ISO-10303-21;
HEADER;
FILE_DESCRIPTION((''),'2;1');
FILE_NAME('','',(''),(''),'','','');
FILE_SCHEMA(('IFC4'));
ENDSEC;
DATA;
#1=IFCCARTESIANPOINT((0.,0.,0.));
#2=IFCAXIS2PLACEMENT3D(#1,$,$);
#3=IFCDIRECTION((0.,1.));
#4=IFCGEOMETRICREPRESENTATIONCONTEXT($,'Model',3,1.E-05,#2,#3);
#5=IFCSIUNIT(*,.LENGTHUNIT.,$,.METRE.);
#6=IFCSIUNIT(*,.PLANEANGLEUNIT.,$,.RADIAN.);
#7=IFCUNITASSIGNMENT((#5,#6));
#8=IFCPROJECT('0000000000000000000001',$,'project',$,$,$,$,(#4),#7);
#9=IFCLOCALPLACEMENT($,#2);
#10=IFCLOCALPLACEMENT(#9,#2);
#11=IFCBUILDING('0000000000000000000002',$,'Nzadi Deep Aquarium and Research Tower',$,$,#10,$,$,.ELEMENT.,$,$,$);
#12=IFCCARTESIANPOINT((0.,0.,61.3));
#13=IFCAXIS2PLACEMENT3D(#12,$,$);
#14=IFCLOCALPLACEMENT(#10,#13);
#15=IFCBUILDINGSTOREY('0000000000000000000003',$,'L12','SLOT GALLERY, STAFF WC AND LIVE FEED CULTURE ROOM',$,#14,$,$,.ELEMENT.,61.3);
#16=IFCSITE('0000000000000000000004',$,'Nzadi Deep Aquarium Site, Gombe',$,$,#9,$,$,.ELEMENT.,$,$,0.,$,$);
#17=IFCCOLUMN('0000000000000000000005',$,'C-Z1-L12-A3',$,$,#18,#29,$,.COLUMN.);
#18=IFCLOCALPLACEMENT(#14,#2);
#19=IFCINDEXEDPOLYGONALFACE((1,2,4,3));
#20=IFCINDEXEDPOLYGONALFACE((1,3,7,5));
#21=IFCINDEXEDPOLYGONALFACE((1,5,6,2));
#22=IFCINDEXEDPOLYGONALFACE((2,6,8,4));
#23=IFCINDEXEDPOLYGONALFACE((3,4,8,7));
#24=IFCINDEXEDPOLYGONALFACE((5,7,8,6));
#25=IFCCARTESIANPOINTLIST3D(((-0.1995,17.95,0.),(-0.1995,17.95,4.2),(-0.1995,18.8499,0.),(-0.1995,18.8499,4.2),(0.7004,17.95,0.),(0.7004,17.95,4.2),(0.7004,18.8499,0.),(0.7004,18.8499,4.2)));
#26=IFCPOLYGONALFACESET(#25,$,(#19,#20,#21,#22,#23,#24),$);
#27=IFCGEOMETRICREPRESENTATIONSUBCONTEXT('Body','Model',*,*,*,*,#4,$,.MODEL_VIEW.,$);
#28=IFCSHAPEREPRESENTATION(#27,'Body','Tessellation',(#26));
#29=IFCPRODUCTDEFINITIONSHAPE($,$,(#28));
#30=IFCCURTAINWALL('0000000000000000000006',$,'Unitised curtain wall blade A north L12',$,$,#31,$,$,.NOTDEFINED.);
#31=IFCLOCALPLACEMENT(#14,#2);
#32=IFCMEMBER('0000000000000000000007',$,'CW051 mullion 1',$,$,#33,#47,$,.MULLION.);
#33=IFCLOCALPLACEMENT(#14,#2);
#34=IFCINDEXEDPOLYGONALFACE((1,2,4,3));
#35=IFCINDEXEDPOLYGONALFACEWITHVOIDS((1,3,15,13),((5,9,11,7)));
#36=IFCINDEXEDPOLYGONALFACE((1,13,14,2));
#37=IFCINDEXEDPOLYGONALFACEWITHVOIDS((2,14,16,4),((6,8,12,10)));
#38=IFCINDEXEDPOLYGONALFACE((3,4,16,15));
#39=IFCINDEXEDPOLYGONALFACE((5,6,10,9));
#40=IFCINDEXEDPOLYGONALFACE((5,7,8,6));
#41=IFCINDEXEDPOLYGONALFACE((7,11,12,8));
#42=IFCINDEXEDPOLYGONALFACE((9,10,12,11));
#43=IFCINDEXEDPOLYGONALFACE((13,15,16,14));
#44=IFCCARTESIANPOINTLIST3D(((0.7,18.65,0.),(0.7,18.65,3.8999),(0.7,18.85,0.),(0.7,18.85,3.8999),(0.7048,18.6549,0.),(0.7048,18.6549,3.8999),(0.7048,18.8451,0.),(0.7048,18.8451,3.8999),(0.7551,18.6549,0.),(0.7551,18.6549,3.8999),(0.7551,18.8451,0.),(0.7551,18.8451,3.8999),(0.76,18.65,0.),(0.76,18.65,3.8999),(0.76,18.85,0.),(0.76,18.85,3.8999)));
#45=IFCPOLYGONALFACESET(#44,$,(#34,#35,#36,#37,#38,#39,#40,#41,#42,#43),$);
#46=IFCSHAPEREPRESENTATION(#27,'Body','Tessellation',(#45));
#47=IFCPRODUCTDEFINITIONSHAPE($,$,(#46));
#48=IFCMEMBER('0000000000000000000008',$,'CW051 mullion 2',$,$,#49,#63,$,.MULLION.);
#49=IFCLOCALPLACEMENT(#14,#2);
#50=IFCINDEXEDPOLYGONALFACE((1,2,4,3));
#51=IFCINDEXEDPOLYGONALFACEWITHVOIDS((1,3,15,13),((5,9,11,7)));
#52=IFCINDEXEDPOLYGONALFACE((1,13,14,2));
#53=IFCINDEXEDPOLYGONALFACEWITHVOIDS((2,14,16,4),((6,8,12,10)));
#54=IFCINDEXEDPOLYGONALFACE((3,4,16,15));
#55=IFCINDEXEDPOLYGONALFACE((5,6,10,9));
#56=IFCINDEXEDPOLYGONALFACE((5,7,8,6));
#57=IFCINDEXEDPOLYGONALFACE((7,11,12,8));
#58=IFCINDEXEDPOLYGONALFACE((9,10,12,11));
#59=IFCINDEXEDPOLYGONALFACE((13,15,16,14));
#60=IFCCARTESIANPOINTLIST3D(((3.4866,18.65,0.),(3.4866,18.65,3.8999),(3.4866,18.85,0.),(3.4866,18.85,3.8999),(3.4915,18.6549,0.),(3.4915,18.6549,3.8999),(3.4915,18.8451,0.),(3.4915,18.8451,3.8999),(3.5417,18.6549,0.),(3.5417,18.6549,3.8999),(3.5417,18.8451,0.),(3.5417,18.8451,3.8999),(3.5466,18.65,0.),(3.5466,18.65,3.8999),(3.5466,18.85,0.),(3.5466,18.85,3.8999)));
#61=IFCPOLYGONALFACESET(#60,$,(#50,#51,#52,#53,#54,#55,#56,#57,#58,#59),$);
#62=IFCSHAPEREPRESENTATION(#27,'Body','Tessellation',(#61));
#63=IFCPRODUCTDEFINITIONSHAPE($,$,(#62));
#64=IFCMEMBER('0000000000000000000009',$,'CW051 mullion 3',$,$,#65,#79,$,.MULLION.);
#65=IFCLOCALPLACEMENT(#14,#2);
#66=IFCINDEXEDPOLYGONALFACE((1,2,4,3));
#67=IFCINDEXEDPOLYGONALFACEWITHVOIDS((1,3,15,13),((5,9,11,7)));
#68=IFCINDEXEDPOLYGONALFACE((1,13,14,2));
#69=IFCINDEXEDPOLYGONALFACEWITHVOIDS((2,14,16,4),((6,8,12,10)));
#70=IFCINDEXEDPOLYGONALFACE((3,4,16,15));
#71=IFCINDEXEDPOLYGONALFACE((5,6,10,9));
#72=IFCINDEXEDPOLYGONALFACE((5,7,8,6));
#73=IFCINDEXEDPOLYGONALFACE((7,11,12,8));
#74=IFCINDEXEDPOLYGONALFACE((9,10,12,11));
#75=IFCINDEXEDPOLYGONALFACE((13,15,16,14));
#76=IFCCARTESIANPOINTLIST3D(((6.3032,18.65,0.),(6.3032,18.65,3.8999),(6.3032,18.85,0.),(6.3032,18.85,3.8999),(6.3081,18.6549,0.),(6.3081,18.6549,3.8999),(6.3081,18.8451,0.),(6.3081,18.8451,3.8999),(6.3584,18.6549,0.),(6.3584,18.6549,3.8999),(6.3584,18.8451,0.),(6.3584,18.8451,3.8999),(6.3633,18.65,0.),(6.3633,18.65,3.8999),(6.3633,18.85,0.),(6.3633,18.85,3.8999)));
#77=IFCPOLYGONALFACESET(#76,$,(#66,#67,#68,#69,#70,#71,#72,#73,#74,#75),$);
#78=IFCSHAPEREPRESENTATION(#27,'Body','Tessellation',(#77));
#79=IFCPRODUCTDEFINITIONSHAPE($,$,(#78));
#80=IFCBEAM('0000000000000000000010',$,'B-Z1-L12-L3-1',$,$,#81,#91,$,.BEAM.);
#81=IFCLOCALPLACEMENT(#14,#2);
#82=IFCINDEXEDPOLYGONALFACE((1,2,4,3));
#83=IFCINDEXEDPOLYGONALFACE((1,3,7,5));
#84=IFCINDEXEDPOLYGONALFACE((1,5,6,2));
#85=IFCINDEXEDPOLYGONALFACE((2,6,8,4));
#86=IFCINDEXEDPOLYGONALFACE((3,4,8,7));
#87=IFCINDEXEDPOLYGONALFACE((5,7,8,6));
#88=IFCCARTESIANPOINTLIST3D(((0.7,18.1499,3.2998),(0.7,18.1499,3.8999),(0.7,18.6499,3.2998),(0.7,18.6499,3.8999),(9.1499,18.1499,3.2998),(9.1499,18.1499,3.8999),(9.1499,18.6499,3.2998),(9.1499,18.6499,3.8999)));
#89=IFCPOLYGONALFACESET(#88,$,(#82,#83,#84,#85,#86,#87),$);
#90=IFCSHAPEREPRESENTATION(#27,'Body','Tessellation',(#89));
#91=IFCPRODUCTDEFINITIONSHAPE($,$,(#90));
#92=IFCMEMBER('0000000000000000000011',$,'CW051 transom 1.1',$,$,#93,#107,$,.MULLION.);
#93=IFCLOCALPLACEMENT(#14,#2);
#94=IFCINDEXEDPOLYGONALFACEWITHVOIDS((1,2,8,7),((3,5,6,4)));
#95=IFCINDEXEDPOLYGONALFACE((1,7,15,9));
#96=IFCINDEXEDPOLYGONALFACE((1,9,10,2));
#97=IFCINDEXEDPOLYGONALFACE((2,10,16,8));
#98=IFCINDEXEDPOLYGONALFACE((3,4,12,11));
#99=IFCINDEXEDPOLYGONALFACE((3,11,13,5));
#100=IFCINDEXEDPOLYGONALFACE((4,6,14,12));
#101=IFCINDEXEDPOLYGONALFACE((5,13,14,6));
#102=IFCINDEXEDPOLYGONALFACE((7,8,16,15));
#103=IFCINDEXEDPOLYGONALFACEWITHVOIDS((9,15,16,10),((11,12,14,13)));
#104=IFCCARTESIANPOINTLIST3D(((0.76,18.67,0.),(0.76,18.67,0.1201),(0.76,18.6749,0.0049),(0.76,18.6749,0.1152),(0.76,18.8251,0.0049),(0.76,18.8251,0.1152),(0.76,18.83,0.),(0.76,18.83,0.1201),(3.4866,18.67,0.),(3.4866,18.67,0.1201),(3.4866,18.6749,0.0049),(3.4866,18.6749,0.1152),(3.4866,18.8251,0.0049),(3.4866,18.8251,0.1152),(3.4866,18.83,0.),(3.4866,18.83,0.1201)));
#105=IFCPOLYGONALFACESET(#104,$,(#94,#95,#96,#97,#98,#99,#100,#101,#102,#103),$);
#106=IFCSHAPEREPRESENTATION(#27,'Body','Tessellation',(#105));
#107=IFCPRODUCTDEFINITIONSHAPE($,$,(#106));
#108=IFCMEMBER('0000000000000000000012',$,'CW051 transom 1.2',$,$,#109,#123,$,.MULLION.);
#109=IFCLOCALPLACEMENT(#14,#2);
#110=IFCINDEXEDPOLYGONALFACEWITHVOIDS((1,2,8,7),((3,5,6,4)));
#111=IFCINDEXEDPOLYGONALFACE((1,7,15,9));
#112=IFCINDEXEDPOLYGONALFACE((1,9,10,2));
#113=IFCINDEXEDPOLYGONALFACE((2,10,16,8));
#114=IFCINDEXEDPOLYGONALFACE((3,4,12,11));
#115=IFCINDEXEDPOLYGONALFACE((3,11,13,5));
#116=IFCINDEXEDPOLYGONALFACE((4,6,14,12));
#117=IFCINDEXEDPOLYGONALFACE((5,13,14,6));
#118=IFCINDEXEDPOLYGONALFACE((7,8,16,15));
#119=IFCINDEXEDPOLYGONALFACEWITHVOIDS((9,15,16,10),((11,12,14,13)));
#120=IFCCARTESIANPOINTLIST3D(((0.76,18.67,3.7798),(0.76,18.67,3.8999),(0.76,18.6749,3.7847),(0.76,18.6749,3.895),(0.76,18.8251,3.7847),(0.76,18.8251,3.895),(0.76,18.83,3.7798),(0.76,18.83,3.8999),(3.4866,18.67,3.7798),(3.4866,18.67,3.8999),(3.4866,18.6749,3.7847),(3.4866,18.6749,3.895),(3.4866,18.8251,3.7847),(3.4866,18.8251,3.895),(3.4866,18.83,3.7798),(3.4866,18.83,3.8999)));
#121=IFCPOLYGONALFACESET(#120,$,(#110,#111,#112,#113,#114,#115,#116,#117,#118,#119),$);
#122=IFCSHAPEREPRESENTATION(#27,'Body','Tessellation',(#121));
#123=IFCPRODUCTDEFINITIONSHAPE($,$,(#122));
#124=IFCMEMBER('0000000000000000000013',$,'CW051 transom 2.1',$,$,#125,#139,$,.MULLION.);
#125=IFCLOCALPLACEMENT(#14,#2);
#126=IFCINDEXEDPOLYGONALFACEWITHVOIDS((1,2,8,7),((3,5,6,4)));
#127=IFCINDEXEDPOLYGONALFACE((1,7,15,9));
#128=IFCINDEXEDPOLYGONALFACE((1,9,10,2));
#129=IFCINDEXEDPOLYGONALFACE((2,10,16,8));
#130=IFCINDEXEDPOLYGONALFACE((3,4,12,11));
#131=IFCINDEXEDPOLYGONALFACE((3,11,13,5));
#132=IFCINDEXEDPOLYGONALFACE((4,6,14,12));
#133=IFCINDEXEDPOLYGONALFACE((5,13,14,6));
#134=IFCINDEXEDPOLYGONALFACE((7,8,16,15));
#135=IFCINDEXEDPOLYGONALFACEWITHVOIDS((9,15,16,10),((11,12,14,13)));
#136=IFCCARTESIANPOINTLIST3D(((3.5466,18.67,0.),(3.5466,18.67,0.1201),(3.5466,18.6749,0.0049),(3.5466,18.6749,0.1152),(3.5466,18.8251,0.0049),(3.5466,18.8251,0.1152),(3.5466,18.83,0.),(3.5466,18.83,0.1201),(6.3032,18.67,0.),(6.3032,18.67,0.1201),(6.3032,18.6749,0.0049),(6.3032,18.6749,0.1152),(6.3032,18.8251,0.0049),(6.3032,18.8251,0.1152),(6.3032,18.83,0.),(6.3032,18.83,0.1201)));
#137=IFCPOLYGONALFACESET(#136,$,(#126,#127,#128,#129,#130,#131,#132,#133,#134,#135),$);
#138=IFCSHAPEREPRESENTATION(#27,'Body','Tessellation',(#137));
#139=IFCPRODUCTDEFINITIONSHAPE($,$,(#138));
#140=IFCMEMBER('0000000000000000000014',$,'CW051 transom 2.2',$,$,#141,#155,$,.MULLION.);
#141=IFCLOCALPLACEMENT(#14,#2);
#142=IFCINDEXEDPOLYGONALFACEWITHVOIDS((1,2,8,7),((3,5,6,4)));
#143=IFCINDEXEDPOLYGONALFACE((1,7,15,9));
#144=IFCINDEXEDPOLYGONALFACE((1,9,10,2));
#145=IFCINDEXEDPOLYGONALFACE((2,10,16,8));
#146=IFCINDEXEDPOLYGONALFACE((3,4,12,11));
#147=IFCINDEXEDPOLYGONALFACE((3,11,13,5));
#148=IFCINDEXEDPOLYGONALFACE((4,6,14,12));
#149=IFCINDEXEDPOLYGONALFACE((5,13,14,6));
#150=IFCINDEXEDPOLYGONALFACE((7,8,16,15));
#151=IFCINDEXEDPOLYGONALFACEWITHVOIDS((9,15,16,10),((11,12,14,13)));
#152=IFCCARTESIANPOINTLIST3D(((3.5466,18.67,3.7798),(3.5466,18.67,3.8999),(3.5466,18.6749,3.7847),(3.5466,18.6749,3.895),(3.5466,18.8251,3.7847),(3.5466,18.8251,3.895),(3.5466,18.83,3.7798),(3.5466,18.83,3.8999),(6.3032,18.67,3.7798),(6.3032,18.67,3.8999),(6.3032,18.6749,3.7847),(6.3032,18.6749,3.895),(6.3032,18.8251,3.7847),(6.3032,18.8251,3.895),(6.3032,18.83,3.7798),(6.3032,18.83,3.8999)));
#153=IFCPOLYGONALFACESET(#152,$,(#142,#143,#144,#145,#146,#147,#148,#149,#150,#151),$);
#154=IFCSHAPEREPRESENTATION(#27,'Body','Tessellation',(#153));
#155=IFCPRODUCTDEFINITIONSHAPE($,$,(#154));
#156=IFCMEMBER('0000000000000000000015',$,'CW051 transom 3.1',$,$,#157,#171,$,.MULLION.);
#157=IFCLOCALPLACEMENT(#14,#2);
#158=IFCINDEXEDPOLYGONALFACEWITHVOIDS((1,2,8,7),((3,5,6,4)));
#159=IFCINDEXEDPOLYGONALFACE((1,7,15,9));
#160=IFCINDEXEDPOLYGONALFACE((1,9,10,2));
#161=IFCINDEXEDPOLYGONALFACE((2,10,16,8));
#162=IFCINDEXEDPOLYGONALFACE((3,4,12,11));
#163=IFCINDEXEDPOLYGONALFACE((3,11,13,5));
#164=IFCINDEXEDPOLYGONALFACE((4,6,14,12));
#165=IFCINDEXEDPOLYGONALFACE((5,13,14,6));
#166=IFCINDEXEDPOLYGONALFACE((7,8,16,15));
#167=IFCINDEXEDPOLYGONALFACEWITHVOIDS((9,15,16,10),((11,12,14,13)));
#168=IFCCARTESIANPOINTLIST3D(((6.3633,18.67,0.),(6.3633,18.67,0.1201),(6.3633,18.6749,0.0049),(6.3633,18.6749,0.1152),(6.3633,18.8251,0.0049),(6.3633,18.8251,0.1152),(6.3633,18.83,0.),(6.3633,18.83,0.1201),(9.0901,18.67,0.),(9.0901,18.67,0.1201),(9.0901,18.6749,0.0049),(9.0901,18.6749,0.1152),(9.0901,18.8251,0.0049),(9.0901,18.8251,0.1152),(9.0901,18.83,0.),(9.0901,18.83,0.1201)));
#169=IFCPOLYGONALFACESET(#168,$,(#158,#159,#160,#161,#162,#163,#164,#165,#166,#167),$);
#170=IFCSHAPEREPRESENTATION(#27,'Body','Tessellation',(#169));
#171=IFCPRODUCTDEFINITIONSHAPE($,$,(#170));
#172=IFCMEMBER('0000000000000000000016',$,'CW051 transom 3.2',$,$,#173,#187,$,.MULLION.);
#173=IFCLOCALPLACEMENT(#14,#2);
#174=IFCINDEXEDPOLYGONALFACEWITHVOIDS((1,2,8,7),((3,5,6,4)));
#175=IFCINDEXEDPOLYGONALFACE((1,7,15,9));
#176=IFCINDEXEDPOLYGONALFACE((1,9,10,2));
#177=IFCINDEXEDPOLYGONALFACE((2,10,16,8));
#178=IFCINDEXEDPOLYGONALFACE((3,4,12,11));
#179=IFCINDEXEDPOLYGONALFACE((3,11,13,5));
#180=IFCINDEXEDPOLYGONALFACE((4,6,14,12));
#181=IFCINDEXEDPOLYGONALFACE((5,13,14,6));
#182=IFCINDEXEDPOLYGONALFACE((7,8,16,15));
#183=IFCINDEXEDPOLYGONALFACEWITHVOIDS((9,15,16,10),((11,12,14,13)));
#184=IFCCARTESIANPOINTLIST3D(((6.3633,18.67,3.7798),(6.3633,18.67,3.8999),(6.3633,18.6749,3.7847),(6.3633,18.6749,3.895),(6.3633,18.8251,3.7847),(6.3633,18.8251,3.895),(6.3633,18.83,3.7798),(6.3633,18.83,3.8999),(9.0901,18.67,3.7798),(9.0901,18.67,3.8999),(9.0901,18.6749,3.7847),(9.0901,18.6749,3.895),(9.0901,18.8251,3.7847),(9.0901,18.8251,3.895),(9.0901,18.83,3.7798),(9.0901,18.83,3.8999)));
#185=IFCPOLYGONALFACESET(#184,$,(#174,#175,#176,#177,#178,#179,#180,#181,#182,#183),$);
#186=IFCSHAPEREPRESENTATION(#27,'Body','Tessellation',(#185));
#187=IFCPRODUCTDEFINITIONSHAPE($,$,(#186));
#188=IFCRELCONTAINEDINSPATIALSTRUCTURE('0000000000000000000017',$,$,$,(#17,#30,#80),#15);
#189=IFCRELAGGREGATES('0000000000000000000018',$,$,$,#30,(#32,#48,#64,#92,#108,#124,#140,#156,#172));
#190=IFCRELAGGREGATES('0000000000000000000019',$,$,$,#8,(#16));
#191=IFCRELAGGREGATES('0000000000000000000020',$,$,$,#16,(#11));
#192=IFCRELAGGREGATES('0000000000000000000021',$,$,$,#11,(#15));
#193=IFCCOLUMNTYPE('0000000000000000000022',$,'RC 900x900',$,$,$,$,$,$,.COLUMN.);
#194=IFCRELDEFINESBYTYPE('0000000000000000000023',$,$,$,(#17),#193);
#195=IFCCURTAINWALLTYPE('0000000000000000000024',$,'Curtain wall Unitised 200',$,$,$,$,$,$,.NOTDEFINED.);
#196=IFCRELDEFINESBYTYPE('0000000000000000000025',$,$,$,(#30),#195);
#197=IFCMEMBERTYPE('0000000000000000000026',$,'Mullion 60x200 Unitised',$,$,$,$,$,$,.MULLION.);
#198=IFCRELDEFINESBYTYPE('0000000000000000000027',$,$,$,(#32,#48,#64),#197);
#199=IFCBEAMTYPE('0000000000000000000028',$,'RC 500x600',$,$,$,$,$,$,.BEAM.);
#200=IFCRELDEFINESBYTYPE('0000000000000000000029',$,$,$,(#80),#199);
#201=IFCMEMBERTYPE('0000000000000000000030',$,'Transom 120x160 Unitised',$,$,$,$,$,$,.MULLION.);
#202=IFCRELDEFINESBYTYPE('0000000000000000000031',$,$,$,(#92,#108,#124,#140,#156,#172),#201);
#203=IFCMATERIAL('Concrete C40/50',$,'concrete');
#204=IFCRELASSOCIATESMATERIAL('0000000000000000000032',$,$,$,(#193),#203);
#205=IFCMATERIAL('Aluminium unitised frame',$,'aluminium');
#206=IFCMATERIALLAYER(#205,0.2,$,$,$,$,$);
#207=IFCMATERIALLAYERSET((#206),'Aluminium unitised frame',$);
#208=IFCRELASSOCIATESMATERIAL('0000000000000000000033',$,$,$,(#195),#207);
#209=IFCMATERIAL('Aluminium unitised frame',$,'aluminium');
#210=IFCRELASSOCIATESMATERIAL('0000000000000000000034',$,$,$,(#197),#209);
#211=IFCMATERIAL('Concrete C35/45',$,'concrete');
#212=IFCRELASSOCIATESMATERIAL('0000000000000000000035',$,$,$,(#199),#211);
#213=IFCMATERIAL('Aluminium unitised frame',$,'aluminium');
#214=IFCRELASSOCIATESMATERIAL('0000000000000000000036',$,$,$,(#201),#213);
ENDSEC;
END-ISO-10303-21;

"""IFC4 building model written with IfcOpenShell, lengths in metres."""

from ifc_helpers import new_model, si_unit, direction, frame, origin, origin_2d, place, context, subcontext, project, spatial, rectangle, hollow_rectangle, extrude, material, layer, layer_set, material_profile, profile_set, type_object, element, aggregate, save


model = new_model("IFC4")

# Units and contexts
model_context = context("Model", 3, precision=1e-05, world=origin(), true_north=direction((0.0, 1.0)))
body_context = subcontext(model_context, "Body", "Model", "MODEL_VIEW")
ifc_project = project(units=[si_unit("LENGTHUNIT", "METRE"), si_unit("PLANEANGLEUNIT", "RADIAN")], contexts=[model_context])

# Site, building, storey
site_placement = place(None, origin())
site = spatial("IfcSite", under=ifc_project, at=site_placement, Name="Nzadi Deep Aquarium Site, Gombe", CompositionType="ELEMENT", RefElevation=0.0)
building_placement = place(site_placement, origin())
building = spatial("IfcBuilding", under=site, at=building_placement, Name="Nzadi Deep Aquarium and Research Tower", CompositionType="ELEMENT")
storey_placement = place(building_placement, frame((0.0, 0.0, 61.3)))
storey = spatial("IfcBuildingStorey", under=building, at=storey_placement, Name="L12", Description="SLOT GALLERY, STAFF WC AND LIVE FEED CULTURE ROOM", CompositionType="ELEMENT", Elevation=61.3)

# Column
ifc_material_1 = material(Name="Concrete C40/50", Category="concrete")
ifc_material_profile_1 = material_profile(ifc_material_1, rectangle(XDim=0.8999, YDim=0.8999, at=origin_2d()))
ifc_profile_set_1 = profile_set([ifc_material_profile_1], Name="Concrete C40/50")
column_type = type_object("IfcColumnType", Name="RC 900x900", PredefinedType="COLUMN", material=ifc_profile_set_1)
column_placement = place(storey_placement, frame((0.2505, 18.3999, 0.0), z_axis=(0.0, 0.0, 1.0), x_axis=(1.0, 0.0, 0.0)))
element("IfcColumn", 1, at=column_placement, inside=storey, type_object=column_type, Name="C-Z1-L12-A3", PredefinedType="COLUMN", context=body_context, shape_type="SweptSolid", body=[
    extrude(rectangle(XDim=0.8999, YDim=0.8999, at=origin_2d()), origin(), (0.0, 0.0, 1.0), 4.2),
])

# Curtain wall, members
ifc_material_2 = material(Name="Aluminium unitised frame", Category="aluminium")
ifc_layer_1 = layer(ifc_material_2, 0.2)
ifc_layer_set_1 = layer_set([ifc_layer_1], Name="Aluminium unitised frame")
curtain_wall_type = type_object("IfcCurtainWallType", Name="Curtain wall Unitised 200", PredefinedType="NOTDEFINED", material=ifc_layer_set_1)
curtain_wall_placement = place(storey_placement, origin())
curtain_wall = element("IfcCurtainWall", 2, at=curtain_wall_placement, inside=storey, type_object=curtain_wall_type, Name="Unitised curtain wall blade A north L12", PredefinedType="NOTDEFINED")
ifc_material_3 = material(Name="Aluminium unitised frame", Category="aluminium")
ifc_material_profile_2 = material_profile(ifc_material_3, hollow_rectangle(XDim=0.2, YDim=0.0601, WallThickness=0.0049, at=origin_2d()))
ifc_profile_set_2 = profile_set([ifc_material_profile_2], Name="Aluminium unitised frame")
member_type_1 = type_object("IfcMemberType", Name="Mullion 60x200 Unitised", PredefinedType="MULLION", material=ifc_profile_set_2)
member_1_placement = place(storey_placement, frame((0.73, 18.75, 0.0), z_axis=(0.0, 0.0, 1.0), x_axis=(0.0, 1.0, 0.0)))
member_1 = element("IfcMember", 3, at=member_1_placement, type_object=member_type_1, Name="CW051 mullion 1", PredefinedType="MULLION", context=body_context, shape_type="SweptSolid", body=[
    extrude(hollow_rectangle(XDim=0.2, YDim=0.0601, WallThickness=0.0049, at=origin_2d()), origin(), (0.0, 0.0, 1.0), 3.8999),
])
member_2_placement = place(storey_placement, frame((3.5166, 18.75, 0.0), z_axis=(0.0, 0.0, 1.0), x_axis=(0.0, 1.0, 0.0)))
member_2 = element("IfcMember", 4, at=member_2_placement, type_object=member_type_1, Name="CW051 mullion 2", PredefinedType="MULLION", context=body_context, shape_type="SweptSolid", body=[
    extrude(hollow_rectangle(XDim=0.2, YDim=0.0601, WallThickness=0.0049, at=origin_2d()), origin(), (0.0, 0.0, 1.0), 3.8999),
])
member_3_placement = place(storey_placement, frame((6.3333, 18.75, 0.0), z_axis=(0.0, 0.0, 1.0), x_axis=(0.0, 1.0, 0.0)))
member_3 = element("IfcMember", 5, at=member_3_placement, type_object=member_type_1, Name="CW051 mullion 3", PredefinedType="MULLION", context=body_context, shape_type="SweptSolid", body=[
    extrude(hollow_rectangle(XDim=0.2, YDim=0.0601, WallThickness=0.0049, at=origin_2d()), origin(), (0.0, 0.0, 1.0), 3.8999),
])

# Beam
ifc_material_4 = material(Name="Concrete C35/45", Category="concrete")
ifc_material_profile_3 = material_profile(ifc_material_4, rectangle(XDim=0.5, YDim=0.6001, at=origin_2d()))
ifc_profile_set_3 = profile_set([ifc_material_profile_3], Name="Concrete C35/45")
beam_type = type_object("IfcBeamType", Name="RC 500x600", PredefinedType="BEAM", material=ifc_profile_set_3)
beam_placement = place(storey_placement, frame((0.7, 18.3999, 3.5999), z_axis=(1.0, 0.0, 0.0), x_axis=(0.0, 1.0, 0.0)))
element("IfcBeam", 6, at=beam_placement, inside=storey, type_object=beam_type, Name="B-Z1-L12-L3-1", PredefinedType="BEAM", context=body_context, shape_type="SweptSolid", body=[
    extrude(rectangle(XDim=0.5, YDim=0.6001, at=origin_2d()), origin(), (0.0, 0.0, 1.0), 8.45),
])

# Members
ifc_material_5 = material(Name="Aluminium unitised frame", Category="aluminium")
ifc_material_profile_4 = material_profile(ifc_material_5, hollow_rectangle(XDim=0.1599, YDim=0.1201, WallThickness=0.0049, at=origin_2d()))
ifc_profile_set_4 = profile_set([ifc_material_profile_4], Name="Aluminium unitised frame")
member_type_2 = type_object("IfcMemberType", Name="Transom 120x160 Unitised", PredefinedType="MULLION", material=ifc_profile_set_4)
member_4_placement = place(storey_placement, frame((0.76, 18.75, 0.0601), z_axis=(1.0, 0.0, 0.0), x_axis=(0.0, 1.0, 0.0)))
member_4 = element("IfcMember", 7, at=member_4_placement, type_object=member_type_2, Name="CW051 transom 1.1", PredefinedType="MULLION", context=body_context, shape_type="SweptSolid", body=[
    extrude(hollow_rectangle(XDim=0.1599, YDim=0.1201, WallThickness=0.0049, at=origin_2d()), origin(), (0.0, 0.0, 1.0), 2.7266),
])
member_5_placement = place(storey_placement, frame((0.76, 18.75, 3.8398), z_axis=(1.0, 0.0, 0.0), x_axis=(0.0, 1.0, 0.0)))
member_5 = element("IfcMember", 8, at=member_5_placement, type_object=member_type_2, Name="CW051 transom 1.2", PredefinedType="MULLION", context=body_context, shape_type="SweptSolid", body=[
    extrude(hollow_rectangle(XDim=0.1599, YDim=0.1201, WallThickness=0.0049, at=origin_2d()), origin(), (0.0, 0.0, 1.0), 2.7266),
])
member_6_placement = place(storey_placement, frame((3.5466, 18.75, 0.0601), z_axis=(1.0, 0.0, 0.0), x_axis=(0.0, 1.0, 0.0)))
member_6 = element("IfcMember", 9, at=member_6_placement, type_object=member_type_2, Name="CW051 transom 2.1", PredefinedType="MULLION", context=body_context, shape_type="SweptSolid", body=[
    extrude(hollow_rectangle(XDim=0.1599, YDim=0.1201, WallThickness=0.0049, at=origin_2d()), origin(), (0.0, 0.0, 1.0), 2.7566),
])
member_7_placement = place(storey_placement, frame((3.5466, 18.75, 3.8398), z_axis=(1.0, 0.0, 0.0), x_axis=(0.0, 1.0, 0.0)))
member_7 = element("IfcMember", 10, at=member_7_placement, type_object=member_type_2, Name="CW051 transom 2.2", PredefinedType="MULLION", context=body_context, shape_type="SweptSolid", body=[
    extrude(hollow_rectangle(XDim=0.1599, YDim=0.1201, WallThickness=0.0049, at=origin_2d()), origin(), (0.0, 0.0, 1.0), 2.7566),
])
member_8_placement = place(storey_placement, frame((6.3633, 18.75, 0.0601), z_axis=(1.0, 0.0, 0.0), x_axis=(0.0, 1.0, 0.0)))
member_8 = element("IfcMember", 11, at=member_8_placement, type_object=member_type_2, Name="CW051 transom 3.1", PredefinedType="MULLION", context=body_context, shape_type="SweptSolid", body=[
    extrude(hollow_rectangle(XDim=0.1599, YDim=0.1201, WallThickness=0.0049, at=origin_2d()), origin(), (0.0, 0.0, 1.0), 2.7268),
])
member_9_placement = place(storey_placement, frame((6.3633, 18.75, 3.8398), z_axis=(1.0, 0.0, 0.0), x_axis=(0.0, 1.0, 0.0)))
member_9 = element("IfcMember", 12, at=member_9_placement, type_object=member_type_2, Name="CW051 transom 3.2", PredefinedType="MULLION", context=body_context, shape_type="SweptSolid", body=[
    extrude(hollow_rectangle(XDim=0.1599, YDim=0.1201, WallThickness=0.0049, at=origin_2d()), origin(), (0.0, 0.0, 1.0), 2.7268),
])

aggregate(curtain_wall, [member_1, member_2, member_3, member_4, member_5, member_6, member_7, member_8, member_9])

save(model, "model.ifc")
